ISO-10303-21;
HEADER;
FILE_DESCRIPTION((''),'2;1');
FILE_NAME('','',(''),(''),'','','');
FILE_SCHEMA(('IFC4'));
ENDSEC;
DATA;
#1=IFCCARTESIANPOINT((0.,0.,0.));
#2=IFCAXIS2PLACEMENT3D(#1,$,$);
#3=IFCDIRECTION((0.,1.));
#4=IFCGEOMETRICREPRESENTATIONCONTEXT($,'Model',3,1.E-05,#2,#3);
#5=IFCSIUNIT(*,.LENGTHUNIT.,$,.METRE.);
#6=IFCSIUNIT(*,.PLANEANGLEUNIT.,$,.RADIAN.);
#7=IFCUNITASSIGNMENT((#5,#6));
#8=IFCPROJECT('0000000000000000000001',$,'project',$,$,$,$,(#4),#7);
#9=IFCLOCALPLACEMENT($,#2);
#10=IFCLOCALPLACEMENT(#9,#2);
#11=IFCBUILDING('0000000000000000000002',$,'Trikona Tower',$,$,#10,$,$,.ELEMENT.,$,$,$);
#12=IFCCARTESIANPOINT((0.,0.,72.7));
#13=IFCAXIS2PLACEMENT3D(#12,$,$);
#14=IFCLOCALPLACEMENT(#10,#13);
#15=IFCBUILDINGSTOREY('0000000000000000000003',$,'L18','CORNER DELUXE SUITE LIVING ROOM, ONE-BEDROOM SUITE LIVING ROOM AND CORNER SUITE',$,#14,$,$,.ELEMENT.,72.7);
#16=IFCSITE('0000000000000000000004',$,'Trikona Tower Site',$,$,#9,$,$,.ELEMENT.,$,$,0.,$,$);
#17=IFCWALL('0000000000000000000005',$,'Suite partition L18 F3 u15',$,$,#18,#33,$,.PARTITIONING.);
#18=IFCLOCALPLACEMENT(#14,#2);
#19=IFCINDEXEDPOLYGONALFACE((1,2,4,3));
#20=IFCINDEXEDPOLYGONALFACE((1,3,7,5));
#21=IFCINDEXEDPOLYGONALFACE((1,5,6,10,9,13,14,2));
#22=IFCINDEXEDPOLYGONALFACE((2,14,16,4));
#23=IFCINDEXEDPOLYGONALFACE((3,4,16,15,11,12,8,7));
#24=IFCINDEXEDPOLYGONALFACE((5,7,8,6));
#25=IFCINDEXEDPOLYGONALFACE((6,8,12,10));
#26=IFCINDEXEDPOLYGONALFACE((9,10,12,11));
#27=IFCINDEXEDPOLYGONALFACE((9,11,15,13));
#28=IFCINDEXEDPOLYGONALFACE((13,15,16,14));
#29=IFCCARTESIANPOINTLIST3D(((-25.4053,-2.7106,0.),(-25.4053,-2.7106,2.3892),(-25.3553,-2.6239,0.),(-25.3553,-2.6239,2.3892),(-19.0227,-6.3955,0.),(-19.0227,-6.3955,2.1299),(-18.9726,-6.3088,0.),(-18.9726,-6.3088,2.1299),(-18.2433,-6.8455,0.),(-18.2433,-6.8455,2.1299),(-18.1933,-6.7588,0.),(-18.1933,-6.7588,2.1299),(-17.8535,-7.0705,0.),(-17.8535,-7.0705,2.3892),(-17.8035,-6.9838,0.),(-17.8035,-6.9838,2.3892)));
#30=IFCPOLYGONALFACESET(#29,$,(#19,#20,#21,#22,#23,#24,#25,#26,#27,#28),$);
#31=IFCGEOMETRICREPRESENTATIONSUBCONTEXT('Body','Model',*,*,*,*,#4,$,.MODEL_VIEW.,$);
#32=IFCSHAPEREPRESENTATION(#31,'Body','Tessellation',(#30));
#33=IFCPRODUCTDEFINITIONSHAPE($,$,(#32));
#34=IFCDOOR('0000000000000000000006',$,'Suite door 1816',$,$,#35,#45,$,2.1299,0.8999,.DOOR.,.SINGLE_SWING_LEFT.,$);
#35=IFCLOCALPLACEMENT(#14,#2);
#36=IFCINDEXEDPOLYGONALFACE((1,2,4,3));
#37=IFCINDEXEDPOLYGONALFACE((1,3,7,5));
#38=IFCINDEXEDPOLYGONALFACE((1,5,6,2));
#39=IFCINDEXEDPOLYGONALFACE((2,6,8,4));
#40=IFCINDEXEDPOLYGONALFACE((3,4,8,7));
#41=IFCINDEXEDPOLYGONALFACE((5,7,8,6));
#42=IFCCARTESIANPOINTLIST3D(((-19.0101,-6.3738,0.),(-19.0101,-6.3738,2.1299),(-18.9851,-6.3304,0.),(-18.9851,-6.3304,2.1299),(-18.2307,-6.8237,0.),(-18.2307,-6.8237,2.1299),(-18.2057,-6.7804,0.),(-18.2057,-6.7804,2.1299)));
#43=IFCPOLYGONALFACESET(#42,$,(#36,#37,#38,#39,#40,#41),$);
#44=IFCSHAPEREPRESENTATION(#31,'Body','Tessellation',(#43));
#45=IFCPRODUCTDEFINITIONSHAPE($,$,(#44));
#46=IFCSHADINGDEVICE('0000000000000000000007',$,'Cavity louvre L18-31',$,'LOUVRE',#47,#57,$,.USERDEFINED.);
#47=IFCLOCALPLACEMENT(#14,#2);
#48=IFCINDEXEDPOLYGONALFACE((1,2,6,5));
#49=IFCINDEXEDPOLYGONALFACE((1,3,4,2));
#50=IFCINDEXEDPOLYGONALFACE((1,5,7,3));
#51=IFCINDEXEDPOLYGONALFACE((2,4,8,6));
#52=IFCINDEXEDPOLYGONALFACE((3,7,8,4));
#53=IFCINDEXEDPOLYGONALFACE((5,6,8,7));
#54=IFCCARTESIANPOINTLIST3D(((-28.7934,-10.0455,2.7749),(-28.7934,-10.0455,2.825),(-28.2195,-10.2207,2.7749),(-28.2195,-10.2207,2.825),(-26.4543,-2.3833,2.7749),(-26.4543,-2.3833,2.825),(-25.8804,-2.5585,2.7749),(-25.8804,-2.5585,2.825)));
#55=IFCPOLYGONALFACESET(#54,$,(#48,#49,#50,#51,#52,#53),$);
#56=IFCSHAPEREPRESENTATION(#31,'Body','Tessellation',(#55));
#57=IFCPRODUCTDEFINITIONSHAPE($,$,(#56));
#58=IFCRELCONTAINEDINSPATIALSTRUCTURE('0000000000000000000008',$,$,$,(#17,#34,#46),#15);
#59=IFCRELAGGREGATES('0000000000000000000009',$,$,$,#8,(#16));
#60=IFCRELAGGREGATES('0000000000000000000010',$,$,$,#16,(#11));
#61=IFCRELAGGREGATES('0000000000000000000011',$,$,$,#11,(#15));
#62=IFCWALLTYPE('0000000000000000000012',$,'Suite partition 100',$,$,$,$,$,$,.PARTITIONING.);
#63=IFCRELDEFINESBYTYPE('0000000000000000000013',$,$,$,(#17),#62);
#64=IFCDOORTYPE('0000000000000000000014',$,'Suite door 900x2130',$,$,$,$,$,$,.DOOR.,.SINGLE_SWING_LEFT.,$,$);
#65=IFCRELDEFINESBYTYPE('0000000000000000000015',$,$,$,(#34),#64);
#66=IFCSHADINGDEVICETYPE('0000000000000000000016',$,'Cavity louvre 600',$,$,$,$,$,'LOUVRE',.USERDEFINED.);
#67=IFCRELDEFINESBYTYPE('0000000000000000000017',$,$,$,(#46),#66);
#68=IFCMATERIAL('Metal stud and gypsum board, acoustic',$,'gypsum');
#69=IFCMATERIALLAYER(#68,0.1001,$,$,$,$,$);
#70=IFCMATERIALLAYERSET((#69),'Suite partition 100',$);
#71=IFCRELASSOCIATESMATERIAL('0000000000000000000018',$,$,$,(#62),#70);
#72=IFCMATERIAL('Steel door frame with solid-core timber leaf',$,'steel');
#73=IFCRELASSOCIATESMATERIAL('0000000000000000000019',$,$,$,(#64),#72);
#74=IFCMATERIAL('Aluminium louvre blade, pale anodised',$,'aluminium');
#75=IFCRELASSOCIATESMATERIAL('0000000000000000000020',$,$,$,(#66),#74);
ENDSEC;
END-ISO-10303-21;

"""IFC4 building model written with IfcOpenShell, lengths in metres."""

from ifc_helpers import new_model, si_unit, direction, frame, frame_2d, origin, origin_2d, place, context, subcontext, project, spatial, rectangle, extrude, material, layer, layer_set, type_object, element, fill, save


model = new_model("IFC4")

# Units and contexts
model_context = context("Model", 3, precision=1e-05, world=origin(), true_north=direction((0.0, 1.0)))
body_context = subcontext(model_context, "Body", "Model", "MODEL_VIEW")
ifc_project = project(units=[si_unit("LENGTHUNIT", "METRE"), si_unit("PLANEANGLEUNIT", "RADIAN")], contexts=[model_context])

# Site, building, storey
site_placement = place(None, origin())
site = spatial("IfcSite", under=ifc_project, at=site_placement, Name="Trikona Tower Site", CompositionType="ELEMENT", RefElevation=0.0)
building_placement = place(site_placement, origin())
building = spatial("IfcBuilding", under=site, at=building_placement, Name="Trikona Tower", CompositionType="ELEMENT")
storey_placement = place(building_placement, frame((0.0, 0.0, 72.7)))
storey = spatial("IfcBuildingStorey", under=building, at=storey_placement, Name="L18", Description="CORNER DELUXE SUITE LIVING ROOM, ONE-BEDROOM SUITE LIVING ROOM AND CORNER SUITE", CompositionType="ELEMENT", Elevation=72.7)

# Wall, opening, door
ifc_material_1 = material(Name="Metal stud and gypsum board, acoustic", Category="gypsum")
ifc_layer_1 = layer(ifc_material_1, 0.1001)
ifc_layer_set_1 = layer_set([ifc_layer_1], Name="Suite partition 100")
wall_type_1 = type_object("IfcWallType", Name="Suite partition 100", PredefinedType="PARTITIONING", material=ifc_layer_set_1)
wall_1_placement = place(storey_placement, frame((-17.8286, -7.0271, 0.0), z_axis=(0.0, 0.0, 1.0), x_axis=(-0.866033, 0.499987, 0.0)))
wall_1 = element("IfcWall", 1, at=wall_1_placement, inside=storey, type_object=wall_type_1, Name="Suite partition L18 F3 u15", PredefinedType="PARTITIONING", context=body_context, shape_type="SweptSolid", body=[
    extrude(rectangle(XDim=8.72, YDim=0.1001, at=frame_2d((4.3599, 0.0))), origin(), (0.0, 0.0, 1.0), 2.3892),
])
opening_1_placement = place(wall_1_placement, frame((0.45, 0.0, 0.0)))
opening_1 = element("IfcOpeningElement", 2, at=opening_1_placement, cuts=wall_1, PredefinedType="OPENING", context=body_context, shape_type="SweptSolid", body=[
    extrude(rectangle(XDim=0.8999, YDim=2.1299, at=frame_2d((0.45, 1.0649))), frame((0.0, 0.0601, 0.0), z_axis=(0.0, -1.0, 0.0), x_axis=(1.0, 0.0, 0.0)), (0.0, 0.0, 1.0), 0.1201),
])
ifc_material_2 = material(Name="Steel door frame with solid-core timber leaf", Category="steel")
door_type_1 = type_object("IfcDoorType", Name="Suite door 900x2130", OperationType="SINGLE_SWING_LEFT", PredefinedType="DOOR", material=ifc_material_2)
door_1_placement = place(opening_1_placement, origin())
door_1 = element("IfcDoor", 3, at=door_1_placement, inside=storey, type_object=door_type_1, Name="Suite door 1816", OperationType="SINGLE_SWING_LEFT", OverallHeight=2.1299, OverallWidth=0.8999, PredefinedType="DOOR", context=body_context, shape_type="SweptSolid", body=[
    extrude(rectangle(XDim=0.8999, YDim=2.1299, at=frame_2d((0.45, 1.0649))), frame((0.0, 0.0249, 0.0), z_axis=(0.0, -1.0, 0.0), x_axis=(1.0, 0.0, 0.0)), (0.0, 0.0, 1.0), 0.05),
])
fill(opening_1, door_1)

# Shading device
ifc_material_3 = material(Name="Aluminium louvre blade, pale anodised", Category="aluminium")
shading_device_type = type_object("IfcShadingDeviceType", Name="Cavity louvre 600", ElementType="LOUVRE", PredefinedType="USERDEFINED", material=ifc_material_3)
shading_device_placement = place(storey_placement, frame((-27.3369, -6.302, 2.7749), z_axis=(0.0, 0.0, 1.0), x_axis=(-0.291979, -0.956425, 0.0)))
element("IfcShadingDevice", 4, at=shading_device_placement, inside=storey, type_object=shading_device_type, Name="Cavity louvre L18-31", ObjectType="LOUVRE", PredefinedType="USERDEFINED", context=body_context, shape_type="SweptSolid", body=[
    extrude(rectangle(XDim=8.0112, YDim=0.6001, at=origin_2d()), origin(), (0.0, 0.0, 1.0), 0.05),
])

save(model, "model.ifc")
